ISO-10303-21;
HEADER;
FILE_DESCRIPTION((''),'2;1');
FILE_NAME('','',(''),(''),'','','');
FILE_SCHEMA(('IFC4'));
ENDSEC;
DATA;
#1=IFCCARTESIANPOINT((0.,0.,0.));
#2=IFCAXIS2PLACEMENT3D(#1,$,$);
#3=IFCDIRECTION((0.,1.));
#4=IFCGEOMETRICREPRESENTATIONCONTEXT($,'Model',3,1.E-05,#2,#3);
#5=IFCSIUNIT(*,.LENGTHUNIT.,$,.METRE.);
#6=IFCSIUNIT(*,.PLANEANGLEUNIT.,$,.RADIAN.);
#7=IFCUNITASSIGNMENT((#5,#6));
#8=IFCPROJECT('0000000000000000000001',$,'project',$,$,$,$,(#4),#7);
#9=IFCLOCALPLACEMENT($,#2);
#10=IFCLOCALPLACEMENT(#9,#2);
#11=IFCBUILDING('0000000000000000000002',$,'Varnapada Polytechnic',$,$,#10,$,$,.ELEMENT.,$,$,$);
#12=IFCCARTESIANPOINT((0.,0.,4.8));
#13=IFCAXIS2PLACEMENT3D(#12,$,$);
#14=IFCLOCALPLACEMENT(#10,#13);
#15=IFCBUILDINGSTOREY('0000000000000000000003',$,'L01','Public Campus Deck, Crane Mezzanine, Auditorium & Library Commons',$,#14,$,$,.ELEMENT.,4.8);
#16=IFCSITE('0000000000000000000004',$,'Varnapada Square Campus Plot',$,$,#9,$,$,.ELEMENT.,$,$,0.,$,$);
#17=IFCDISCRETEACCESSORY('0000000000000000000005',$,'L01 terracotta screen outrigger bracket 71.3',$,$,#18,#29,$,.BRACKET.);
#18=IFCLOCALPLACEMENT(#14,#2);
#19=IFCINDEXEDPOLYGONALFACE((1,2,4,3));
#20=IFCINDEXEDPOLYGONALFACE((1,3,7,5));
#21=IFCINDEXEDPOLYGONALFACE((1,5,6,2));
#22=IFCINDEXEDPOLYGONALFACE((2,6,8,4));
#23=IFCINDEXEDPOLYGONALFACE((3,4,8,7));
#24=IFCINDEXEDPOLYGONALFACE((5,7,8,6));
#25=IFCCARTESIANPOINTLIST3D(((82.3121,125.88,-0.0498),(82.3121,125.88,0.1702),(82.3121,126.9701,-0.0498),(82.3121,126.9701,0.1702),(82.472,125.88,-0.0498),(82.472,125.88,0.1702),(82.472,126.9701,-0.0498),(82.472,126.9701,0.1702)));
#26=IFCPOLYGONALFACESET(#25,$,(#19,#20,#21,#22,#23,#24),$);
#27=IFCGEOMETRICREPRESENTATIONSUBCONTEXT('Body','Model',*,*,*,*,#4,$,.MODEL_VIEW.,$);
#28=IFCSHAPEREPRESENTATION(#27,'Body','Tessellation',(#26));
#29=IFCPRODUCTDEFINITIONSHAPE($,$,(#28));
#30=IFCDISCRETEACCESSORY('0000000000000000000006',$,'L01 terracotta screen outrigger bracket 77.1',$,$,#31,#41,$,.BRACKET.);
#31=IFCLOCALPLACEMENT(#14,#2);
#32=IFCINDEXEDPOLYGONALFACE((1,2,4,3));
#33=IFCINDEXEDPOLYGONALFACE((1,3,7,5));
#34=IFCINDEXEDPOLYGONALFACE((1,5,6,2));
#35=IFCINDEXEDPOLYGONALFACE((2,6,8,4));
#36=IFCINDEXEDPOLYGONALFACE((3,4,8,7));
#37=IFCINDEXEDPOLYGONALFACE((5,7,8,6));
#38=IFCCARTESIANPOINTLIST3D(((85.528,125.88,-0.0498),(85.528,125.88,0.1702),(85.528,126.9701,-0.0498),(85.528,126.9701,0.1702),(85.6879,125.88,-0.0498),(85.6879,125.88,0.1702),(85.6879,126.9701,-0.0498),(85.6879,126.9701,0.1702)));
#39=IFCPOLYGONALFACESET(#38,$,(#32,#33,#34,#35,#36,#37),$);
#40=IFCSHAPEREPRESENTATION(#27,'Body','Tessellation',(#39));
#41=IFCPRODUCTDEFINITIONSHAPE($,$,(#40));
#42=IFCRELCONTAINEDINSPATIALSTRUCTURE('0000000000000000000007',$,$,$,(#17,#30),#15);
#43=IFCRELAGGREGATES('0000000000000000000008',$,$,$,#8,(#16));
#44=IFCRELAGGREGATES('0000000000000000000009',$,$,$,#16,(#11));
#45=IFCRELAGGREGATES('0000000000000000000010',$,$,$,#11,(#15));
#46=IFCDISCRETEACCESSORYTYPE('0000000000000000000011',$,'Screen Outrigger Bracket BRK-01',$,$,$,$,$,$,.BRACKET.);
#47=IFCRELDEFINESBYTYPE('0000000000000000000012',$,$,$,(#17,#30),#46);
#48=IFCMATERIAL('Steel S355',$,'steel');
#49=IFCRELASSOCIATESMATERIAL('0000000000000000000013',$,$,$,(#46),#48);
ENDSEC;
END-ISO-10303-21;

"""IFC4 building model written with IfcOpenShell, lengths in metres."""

from ifc_helpers import new_model, si_unit, direction, frame, origin, origin_2d, place, context, subcontext, project, spatial, rectangle, extrude, material, type_object, element, save


model = new_model("IFC4")

# Units and contexts
model_context = context("Model", 3, precision=1e-05, world=origin(), true_north=direction((0.0, 1.0)))
body_context = subcontext(model_context, "Body", "Model", "MODEL_VIEW")
ifc_project = project(units=[si_unit("LENGTHUNIT", "METRE"), si_unit("PLANEANGLEUNIT", "RADIAN")], contexts=[model_context])

# Site, building, storey
site_placement = place(None, origin())
site = spatial("IfcSite", under=ifc_project, at=site_placement, Name="Varnapada Square Campus Plot", CompositionType="ELEMENT", RefElevation=0.0)
building_placement = place(site_placement, origin())
building = spatial("IfcBuilding", under=site, at=building_placement, Name="Varnapada Polytechnic", CompositionType="ELEMENT")
storey_placement = place(building_placement, frame((0.0, 0.0, 4.8)))
storey = spatial("IfcBuildingStorey", under=building, at=storey_placement, Name="L01", Description="Public Campus Deck, Crane Mezzanine, Auditorium & Library Commons", CompositionType="ELEMENT", Elevation=4.8)

# Shared definitions
ifc_material_1 = material(Name="Steel S355", Category="steel")

# Discrete accessories
discrete_accessory_type = type_object("IfcDiscreteAccessoryType", Name="Screen Outrigger Bracket BRK-01", PredefinedType="BRACKET", material=ifc_material_1)
for number, where, z_axis, x_axis, name in (
    (1, (82.3921, 126.425, -0.0498), (0.0, 0.0, 1.0), (1.0, 0.0, 0.0), "L01 terracotta screen outrigger bracket 71.3"),
    (2, (85.6079, 126.425, -0.0498), (0.0, 0.0, 1.0), (1.0, 0.0, 0.0), "L01 terracotta screen outrigger bracket 77.1"),
):
    element("IfcDiscreteAccessory", number, at=place(storey_placement, frame(where, z_axis=z_axis, x_axis=x_axis)), inside=storey, type_object=discrete_accessory_type, Name=name, PredefinedType="BRACKET", context=body_context, shape_type="SweptSolid", body=[
        extrude(rectangle(XDim=0.1599, YDim=1.0901, at=origin_2d()), origin(), (0.0, 0.0, 1.0), 0.22),
    ])

save(model, "model.ifc")
